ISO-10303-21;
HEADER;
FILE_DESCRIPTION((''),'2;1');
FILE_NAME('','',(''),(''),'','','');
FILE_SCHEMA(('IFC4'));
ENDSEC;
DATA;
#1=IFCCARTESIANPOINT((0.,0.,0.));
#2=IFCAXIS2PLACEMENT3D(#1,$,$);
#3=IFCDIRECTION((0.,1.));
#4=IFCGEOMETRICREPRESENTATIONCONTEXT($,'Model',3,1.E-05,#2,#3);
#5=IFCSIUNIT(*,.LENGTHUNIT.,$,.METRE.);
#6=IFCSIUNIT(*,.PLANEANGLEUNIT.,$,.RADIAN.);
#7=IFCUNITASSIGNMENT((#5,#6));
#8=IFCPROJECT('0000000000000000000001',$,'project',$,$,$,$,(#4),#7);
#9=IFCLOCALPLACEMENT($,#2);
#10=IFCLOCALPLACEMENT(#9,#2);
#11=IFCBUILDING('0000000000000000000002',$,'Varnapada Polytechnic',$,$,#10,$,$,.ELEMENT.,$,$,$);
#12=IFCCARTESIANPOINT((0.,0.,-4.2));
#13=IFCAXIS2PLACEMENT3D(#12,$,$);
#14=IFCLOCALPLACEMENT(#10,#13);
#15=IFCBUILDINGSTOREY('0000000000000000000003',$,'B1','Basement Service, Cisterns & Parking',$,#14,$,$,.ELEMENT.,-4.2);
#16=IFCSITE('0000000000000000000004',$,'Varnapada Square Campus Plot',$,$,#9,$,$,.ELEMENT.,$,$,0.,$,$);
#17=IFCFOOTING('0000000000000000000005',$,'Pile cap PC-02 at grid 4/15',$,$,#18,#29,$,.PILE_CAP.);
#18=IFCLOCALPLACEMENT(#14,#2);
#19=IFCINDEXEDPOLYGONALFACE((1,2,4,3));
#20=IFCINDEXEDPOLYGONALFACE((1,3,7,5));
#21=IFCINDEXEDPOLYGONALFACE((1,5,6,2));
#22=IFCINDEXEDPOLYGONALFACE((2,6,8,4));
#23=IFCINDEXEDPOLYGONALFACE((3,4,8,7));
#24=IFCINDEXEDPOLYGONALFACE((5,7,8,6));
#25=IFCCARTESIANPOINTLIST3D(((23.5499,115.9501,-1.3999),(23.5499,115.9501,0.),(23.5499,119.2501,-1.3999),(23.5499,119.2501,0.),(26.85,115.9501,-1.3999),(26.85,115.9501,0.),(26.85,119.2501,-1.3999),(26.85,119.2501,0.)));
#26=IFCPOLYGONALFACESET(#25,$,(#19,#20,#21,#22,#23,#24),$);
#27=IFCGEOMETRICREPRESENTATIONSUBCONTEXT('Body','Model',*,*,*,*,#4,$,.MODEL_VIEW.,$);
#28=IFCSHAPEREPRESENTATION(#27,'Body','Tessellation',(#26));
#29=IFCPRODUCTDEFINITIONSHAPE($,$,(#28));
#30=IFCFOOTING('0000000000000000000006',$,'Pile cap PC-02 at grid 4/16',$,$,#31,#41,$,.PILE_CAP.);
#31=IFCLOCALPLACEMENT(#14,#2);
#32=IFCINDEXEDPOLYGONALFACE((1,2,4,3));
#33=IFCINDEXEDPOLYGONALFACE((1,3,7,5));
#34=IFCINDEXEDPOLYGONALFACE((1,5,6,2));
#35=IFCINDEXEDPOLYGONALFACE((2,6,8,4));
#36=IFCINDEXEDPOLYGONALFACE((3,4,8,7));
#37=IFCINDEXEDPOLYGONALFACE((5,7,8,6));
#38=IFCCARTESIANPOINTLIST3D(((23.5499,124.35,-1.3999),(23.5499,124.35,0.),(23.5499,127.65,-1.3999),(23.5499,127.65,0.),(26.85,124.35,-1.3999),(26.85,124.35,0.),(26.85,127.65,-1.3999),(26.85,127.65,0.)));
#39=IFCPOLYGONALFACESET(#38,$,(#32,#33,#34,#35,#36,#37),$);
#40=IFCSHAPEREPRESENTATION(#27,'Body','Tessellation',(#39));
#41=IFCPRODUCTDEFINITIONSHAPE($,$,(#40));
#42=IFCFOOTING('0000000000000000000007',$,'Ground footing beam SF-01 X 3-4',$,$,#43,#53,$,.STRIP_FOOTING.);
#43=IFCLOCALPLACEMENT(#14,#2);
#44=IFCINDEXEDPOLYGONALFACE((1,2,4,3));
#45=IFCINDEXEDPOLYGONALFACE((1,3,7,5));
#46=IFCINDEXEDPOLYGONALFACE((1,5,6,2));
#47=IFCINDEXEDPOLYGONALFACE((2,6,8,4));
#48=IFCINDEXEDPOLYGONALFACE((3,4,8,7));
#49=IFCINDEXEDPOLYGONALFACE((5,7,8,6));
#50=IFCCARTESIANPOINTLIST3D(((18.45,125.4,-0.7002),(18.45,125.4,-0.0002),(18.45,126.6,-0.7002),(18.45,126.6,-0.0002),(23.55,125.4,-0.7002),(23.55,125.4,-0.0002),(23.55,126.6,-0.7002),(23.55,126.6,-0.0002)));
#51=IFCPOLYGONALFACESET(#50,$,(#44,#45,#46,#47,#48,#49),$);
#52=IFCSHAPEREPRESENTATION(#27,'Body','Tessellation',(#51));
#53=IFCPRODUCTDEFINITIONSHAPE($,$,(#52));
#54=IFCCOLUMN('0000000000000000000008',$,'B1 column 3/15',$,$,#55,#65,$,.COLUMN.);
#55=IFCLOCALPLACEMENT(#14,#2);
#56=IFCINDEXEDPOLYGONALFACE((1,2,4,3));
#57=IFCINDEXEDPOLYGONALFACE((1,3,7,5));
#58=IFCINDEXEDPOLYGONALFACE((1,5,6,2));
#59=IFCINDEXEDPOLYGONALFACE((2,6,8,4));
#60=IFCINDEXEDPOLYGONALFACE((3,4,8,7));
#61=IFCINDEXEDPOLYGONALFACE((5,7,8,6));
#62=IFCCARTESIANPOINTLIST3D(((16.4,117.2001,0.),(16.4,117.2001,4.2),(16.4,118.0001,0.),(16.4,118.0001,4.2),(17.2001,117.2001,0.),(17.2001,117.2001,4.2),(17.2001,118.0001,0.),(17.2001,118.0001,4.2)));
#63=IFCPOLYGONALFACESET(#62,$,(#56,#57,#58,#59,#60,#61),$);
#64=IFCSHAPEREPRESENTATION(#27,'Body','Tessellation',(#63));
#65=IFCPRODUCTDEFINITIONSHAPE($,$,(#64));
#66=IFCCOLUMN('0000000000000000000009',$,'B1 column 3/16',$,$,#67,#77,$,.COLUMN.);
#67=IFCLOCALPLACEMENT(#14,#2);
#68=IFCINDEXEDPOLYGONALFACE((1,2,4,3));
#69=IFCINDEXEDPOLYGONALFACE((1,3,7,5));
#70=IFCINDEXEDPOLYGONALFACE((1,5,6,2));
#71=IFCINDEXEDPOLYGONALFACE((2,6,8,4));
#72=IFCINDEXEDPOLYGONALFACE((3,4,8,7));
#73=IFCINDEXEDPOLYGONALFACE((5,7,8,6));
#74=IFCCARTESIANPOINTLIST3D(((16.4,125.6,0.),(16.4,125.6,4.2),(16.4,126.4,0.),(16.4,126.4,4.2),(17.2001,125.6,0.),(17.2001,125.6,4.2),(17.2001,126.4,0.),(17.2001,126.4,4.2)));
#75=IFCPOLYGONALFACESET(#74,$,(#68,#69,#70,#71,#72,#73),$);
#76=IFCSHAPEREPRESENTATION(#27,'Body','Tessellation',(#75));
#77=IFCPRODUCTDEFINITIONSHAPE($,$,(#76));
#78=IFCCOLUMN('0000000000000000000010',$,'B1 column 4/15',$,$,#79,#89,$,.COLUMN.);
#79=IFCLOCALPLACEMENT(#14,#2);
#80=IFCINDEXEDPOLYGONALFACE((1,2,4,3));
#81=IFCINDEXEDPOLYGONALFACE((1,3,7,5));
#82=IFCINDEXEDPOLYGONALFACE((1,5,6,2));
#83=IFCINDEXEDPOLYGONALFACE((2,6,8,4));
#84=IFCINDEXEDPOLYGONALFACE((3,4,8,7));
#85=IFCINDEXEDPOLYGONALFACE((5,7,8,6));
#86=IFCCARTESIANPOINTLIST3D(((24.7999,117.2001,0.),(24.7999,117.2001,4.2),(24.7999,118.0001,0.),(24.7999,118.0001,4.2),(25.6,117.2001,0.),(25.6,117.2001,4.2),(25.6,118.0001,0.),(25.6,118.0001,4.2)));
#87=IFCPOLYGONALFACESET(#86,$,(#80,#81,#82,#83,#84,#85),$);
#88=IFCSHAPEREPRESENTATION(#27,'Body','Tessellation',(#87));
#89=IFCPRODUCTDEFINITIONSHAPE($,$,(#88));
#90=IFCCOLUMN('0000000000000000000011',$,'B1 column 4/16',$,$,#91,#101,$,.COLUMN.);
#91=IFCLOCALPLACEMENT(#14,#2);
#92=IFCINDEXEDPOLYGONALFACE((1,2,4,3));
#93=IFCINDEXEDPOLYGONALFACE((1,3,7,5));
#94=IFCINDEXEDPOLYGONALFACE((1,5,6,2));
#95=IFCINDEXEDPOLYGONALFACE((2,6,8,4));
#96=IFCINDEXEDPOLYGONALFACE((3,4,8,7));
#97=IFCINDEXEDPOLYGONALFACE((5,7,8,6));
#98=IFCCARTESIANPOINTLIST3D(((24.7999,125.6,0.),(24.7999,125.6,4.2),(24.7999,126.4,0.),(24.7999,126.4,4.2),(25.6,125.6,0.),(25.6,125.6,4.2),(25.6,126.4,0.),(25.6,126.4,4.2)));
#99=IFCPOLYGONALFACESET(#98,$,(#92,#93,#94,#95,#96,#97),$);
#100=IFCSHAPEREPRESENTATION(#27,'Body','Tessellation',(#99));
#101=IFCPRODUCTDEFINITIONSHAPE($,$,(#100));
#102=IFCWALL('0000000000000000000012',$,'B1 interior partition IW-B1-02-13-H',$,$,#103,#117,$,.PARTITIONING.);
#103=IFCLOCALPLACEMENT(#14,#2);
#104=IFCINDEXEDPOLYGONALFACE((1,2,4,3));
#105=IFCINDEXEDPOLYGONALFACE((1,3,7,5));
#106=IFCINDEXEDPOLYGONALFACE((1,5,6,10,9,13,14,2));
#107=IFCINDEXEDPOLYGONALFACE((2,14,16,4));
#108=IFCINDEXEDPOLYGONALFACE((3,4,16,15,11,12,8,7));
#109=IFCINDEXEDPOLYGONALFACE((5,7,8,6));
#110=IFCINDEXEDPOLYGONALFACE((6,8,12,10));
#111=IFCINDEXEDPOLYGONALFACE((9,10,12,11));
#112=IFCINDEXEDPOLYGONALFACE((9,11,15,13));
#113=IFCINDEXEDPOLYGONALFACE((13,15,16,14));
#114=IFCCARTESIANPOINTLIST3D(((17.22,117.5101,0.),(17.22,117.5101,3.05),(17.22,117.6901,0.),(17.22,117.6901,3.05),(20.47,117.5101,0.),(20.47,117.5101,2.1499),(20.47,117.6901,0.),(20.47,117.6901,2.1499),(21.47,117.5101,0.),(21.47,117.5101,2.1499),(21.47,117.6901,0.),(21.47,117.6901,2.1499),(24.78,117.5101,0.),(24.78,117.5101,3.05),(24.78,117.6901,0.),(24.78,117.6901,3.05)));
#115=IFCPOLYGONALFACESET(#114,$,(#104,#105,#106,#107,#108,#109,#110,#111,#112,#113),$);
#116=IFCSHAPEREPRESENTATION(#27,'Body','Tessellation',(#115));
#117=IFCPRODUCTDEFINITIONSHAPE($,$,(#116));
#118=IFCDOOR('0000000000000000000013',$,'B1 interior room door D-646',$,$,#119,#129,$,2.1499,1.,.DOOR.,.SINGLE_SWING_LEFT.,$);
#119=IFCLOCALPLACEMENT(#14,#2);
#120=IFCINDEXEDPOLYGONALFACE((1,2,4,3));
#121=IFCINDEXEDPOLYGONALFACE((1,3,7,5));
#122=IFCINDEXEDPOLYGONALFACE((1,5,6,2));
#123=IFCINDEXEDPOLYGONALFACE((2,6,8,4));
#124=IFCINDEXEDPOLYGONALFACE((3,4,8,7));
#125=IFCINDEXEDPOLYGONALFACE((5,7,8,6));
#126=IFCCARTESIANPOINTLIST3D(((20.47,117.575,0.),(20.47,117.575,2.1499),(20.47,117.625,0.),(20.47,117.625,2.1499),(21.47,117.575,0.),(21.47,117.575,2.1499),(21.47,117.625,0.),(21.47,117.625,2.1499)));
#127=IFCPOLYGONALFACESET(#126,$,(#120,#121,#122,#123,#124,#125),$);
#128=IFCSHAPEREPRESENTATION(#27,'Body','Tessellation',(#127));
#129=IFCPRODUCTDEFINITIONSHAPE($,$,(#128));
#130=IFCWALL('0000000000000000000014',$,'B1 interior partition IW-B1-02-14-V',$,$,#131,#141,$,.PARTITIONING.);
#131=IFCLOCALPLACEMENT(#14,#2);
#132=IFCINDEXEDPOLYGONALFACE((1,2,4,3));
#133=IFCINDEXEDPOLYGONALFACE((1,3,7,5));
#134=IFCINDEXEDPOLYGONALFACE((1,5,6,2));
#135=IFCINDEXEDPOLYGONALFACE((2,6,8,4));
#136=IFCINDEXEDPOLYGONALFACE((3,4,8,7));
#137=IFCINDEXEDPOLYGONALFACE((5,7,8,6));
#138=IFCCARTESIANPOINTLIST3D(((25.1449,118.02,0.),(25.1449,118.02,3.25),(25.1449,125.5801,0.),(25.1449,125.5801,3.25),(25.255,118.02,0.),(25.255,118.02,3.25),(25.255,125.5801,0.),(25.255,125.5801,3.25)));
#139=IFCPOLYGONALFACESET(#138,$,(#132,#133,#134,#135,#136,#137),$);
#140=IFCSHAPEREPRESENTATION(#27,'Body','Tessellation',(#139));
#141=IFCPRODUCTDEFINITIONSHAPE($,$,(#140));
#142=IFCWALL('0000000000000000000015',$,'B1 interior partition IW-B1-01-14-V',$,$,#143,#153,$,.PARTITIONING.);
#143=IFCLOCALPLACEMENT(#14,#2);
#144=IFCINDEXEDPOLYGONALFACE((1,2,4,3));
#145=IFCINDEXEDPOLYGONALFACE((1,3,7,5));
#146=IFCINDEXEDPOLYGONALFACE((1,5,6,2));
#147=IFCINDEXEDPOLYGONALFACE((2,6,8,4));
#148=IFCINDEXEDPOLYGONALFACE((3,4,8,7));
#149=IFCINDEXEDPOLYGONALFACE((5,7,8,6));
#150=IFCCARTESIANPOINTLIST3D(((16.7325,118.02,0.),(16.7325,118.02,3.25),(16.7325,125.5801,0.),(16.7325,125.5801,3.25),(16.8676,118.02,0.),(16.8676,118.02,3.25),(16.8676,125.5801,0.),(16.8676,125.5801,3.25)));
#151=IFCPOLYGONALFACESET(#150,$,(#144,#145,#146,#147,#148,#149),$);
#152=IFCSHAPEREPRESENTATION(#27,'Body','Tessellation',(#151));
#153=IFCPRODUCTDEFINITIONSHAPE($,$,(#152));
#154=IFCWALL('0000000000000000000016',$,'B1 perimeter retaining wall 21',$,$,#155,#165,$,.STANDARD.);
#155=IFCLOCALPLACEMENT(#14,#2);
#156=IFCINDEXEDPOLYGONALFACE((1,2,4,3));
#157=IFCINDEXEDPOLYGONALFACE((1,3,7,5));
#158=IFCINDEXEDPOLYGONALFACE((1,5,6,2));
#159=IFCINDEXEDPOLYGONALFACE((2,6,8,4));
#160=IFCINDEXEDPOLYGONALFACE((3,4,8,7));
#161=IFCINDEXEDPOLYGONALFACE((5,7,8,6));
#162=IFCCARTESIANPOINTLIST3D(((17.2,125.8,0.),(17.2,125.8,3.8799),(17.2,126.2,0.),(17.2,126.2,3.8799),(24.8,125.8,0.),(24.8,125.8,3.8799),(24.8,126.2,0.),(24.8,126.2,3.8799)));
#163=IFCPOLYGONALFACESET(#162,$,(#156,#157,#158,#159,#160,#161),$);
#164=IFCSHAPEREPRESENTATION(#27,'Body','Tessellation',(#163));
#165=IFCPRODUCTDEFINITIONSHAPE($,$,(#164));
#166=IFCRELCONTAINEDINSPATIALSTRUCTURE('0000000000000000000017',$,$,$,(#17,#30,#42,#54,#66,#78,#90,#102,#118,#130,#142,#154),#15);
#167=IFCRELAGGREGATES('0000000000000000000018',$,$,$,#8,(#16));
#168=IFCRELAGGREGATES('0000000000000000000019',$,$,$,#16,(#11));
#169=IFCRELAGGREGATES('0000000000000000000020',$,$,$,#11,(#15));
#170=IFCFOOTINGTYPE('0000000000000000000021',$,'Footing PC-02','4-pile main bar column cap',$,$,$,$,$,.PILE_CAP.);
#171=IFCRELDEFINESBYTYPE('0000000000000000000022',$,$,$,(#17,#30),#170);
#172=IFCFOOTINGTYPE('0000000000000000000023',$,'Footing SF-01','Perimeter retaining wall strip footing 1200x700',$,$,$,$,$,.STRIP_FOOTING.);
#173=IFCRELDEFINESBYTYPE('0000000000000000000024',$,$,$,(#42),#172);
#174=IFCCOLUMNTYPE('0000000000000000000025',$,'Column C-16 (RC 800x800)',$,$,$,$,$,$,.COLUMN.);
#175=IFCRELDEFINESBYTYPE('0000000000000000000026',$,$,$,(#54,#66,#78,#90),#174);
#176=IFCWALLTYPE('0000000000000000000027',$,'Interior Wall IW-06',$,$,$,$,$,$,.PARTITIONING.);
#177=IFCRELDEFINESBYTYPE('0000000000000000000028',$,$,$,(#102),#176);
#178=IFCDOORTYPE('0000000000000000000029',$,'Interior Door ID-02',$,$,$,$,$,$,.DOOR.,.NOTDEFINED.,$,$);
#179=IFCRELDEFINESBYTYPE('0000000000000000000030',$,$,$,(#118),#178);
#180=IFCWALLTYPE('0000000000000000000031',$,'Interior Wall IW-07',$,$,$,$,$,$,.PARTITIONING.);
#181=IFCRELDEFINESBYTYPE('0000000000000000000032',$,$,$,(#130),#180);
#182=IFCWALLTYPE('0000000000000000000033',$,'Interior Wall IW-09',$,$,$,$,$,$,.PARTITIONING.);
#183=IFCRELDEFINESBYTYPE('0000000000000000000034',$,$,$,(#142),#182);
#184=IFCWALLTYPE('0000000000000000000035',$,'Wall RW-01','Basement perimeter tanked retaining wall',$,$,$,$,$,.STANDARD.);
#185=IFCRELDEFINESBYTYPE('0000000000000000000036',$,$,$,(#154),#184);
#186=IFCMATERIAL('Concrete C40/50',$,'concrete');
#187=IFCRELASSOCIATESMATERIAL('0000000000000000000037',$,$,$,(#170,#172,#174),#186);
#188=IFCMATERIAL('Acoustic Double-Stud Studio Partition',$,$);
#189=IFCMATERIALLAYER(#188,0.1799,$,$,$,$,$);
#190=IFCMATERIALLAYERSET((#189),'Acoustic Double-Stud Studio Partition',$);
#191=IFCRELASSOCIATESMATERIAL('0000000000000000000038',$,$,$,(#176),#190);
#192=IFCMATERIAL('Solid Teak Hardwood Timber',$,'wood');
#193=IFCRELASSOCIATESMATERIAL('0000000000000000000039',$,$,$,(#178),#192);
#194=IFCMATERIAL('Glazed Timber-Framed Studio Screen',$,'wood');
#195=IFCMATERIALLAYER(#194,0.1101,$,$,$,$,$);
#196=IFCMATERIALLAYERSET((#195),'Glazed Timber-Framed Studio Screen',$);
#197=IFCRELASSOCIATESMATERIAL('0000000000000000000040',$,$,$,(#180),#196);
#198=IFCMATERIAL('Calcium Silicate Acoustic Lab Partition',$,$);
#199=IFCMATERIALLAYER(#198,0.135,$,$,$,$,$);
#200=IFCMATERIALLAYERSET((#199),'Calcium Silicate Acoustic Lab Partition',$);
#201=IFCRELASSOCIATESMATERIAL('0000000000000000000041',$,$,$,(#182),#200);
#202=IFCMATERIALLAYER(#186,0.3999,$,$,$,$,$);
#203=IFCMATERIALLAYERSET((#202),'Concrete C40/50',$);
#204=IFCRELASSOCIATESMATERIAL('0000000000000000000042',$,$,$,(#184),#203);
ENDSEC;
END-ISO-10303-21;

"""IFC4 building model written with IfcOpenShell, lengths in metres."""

from ifc_helpers import new_model, si_unit, direction, frame, frame_2d, origin, origin_2d, place, context, subcontext, project, spatial, rectangle, extrude, material, layer, layer_set, material_profile, profile_set, type_object, element, fill, save


model = new_model("IFC4")

# Units and contexts
model_context = context("Model", 3, precision=1e-05, world=origin(), true_north=direction((0.0, 1.0)))
body_context = subcontext(model_context, "Body", "Model", "MODEL_VIEW")
ifc_project = project(units=[si_unit("LENGTHUNIT", "METRE"), si_unit("PLANEANGLEUNIT", "RADIAN")], contexts=[model_context])

# Site, building, storey
site_placement = place(None, origin())
site = spatial("IfcSite", under=ifc_project, at=site_placement, Name="Varnapada Square Campus Plot", CompositionType="ELEMENT", RefElevation=0.0)
building_placement = place(site_placement, origin())
building = spatial("IfcBuilding", under=site, at=building_placement, Name="Varnapada Polytechnic", CompositionType="ELEMENT")
storey_placement = place(building_placement, frame((0.0, 0.0, -4.2)))
storey = spatial("IfcBuildingStorey", under=building, at=storey_placement, Name="B1", Description="Basement Service, Cisterns & Parking", CompositionType="ELEMENT", Elevation=-4.2)

# Shared definitions
ifc_material_1 = material(Name="Concrete C40/50", Category="concrete")

# Footings
footing_type_1 = type_object("IfcFootingType", Name="Footing PC-02", Description="4-pile main bar column cap", PredefinedType="PILE_CAP", material=ifc_material_1)
for number, where, z_axis, x_axis, name in (
    (1, (25.2, 117.6001, -1.3999), (0.0, 0.0, 1.0), (1.0, 0.0, 0.0), "Pile cap PC-02 at grid 4/15"),
    (2, (25.2, 126.0, -1.3999), (0.0, 0.0, 1.0), (1.0, 0.0, 0.0), "Pile cap PC-02 at grid 4/16"),
):
    element("IfcFooting", number, at=place(storey_placement, frame(where, z_axis=z_axis, x_axis=x_axis)), inside=storey, type_object=footing_type_1, Name=name, PredefinedType="PILE_CAP", context=body_context, shape_type="SweptSolid", body=[
        extrude(rectangle(XDim=3.3, YDim=3.3, at=origin_2d()), origin(), (0.0, 0.0, 1.0), 1.3999),
    ])
footing_type_2 = type_object("IfcFootingType", Name="Footing SF-01", Description="Perimeter retaining wall strip footing 1200x700", PredefinedType="STRIP_FOOTING", material=ifc_material_1)
footing_1_placement = place(storey_placement, frame((21.0, 126.0, -0.7002), z_axis=(0.0, 0.0, 1.0), x_axis=(1.0, 0.0, 0.0)))
element("IfcFooting", 3, at=footing_1_placement, inside=storey, type_object=footing_type_2, Name="Ground footing beam SF-01 X 3-4", PredefinedType="STRIP_FOOTING", context=body_context, shape_type="SweptSolid", body=[
    extrude(rectangle(XDim=5.1001, YDim=1.2, at=origin_2d()), origin(), (0.0, 0.0, 1.0), 0.7),
])

# Columns
ifc_material_profile_1 = material_profile(ifc_material_1, rectangle(XDim=0.8, YDim=0.8, at=origin_2d()), Name="RC 800x800")
ifc_profile_set_1 = profile_set([ifc_material_profile_1], Name="Concrete C40/50")
column_type = type_object("IfcColumnType", Name="Column C-16 (RC 800x800)", PredefinedType="COLUMN", material=ifc_profile_set_1)
for number, where, z_axis, x_axis, name in (
    (4, (16.8, 117.6001, 0.0), (0.0, 0.0, 1.0), (1.0, 0.0, 0.0), "B1 column 3/15"),
    (5, (16.8, 126.0, 0.0), (0.0, 0.0, 1.0), (1.0, 0.0, 0.0), "B1 column 3/16"),
    (6, (25.2, 117.6001, 0.0), (0.0, 0.0, 1.0), (1.0, 0.0, 0.0), "B1 column 4/15"),
    (7, (25.2, 126.0, 0.0), (0.0, 0.0, 1.0), (1.0, 0.0, 0.0), "B1 column 4/16"),
):
    element("IfcColumn", number, at=place(storey_placement, frame(where, z_axis=z_axis, x_axis=x_axis)), inside=storey, type_object=column_type, Name=name, PredefinedType="COLUMN", context=body_context, shape_type="SweptSolid", body=[
        extrude(rectangle(XDim=0.8, YDim=0.8, at=origin_2d()), origin(), (0.0, 0.0, 1.0), 4.2),
    ])

# Wall, opening, door
ifc_material_2 = material(Name="Acoustic Double-Stud Studio Partition")
ifc_layer_1 = layer(ifc_material_2, 0.1799)
ifc_layer_set_1 = layer_set([ifc_layer_1], Name="Acoustic Double-Stud Studio Partition")
wall_type_1 = type_object("IfcWallType", Name="Interior Wall IW-06", PredefinedType="PARTITIONING", material=ifc_layer_set_1)
wall_1_placement = place(storey_placement, frame((17.22, 117.6001, 0.0), z_axis=(0.0, 0.0, 1.0), x_axis=(1.0, 0.0, 0.0)))
wall_1 = element("IfcWall", 8, at=wall_1_placement, inside=storey, type_object=wall_type_1, Name="B1 interior partition IW-B1-02-13-H", PredefinedType="PARTITIONING", context=body_context, shape_type="SweptSolid", body=[
    extrude(rectangle(XDim=7.5601, YDim=0.1799, at=frame_2d((3.78, 0.0))), origin(), (0.0, 0.0, 1.0), 3.05),
])
opening_placement = place(wall_1_placement, frame((3.25, 0.0, 0.0)))
opening = element("IfcOpeningElement", 9, at=opening_placement, cuts=wall_1, PredefinedType="OPENING", context=body_context, shape_type="SweptSolid", body=[
    extrude(rectangle(XDim=1.0, YDim=2.1499, at=frame_2d((0.5, 1.075))), frame((0.0, 0.0999, 0.0), z_axis=(0.0, -1.0, 0.0), x_axis=(1.0, 0.0, 0.0)), (0.0, 0.0, 1.0), 0.2),
])
ifc_material_3 = material(Name="Solid Teak Hardwood Timber", Category="wood")
door_type = type_object("IfcDoorType", Name="Interior Door ID-02", OperationType="NOTDEFINED", PredefinedType="DOOR", material=ifc_material_3)
door_placement = place(opening_placement, origin())
door = element("IfcDoor", 10, at=door_placement, inside=storey, type_object=door_type, Name="B1 interior room door D-646", OperationType="SINGLE_SWING_LEFT", OverallHeight=2.1499, OverallWidth=1.0, PredefinedType="DOOR", context=body_context, shape_type="SweptSolid", body=[
    extrude(rectangle(XDim=1.0, YDim=2.1499, at=frame_2d((0.5, 1.075))), frame((0.0, 0.0249, 0.0), z_axis=(0.0, -1.0, 0.0), x_axis=(1.0, 0.0, 0.0)), (0.0, 0.0, 1.0), 0.05),
])
fill(opening, door)

# Walls
ifc_material_4 = material(Name="Glazed Timber-Framed Studio Screen", Category="wood")
ifc_layer_2 = layer(ifc_material_4, 0.1101)
ifc_layer_set_2 = layer_set([ifc_layer_2], Name="Glazed Timber-Framed Studio Screen")
wall_type_2 = type_object("IfcWallType", Name="Interior Wall IW-07", PredefinedType="PARTITIONING", material=ifc_layer_set_2)
wall_2_placement = place(storey_placement, frame((25.2, 118.02, 0.0), z_axis=(0.0, 0.0, 1.0), x_axis=(0.0, 1.0, 0.0)))
element("IfcWall", 11, at=wall_2_placement, inside=storey, type_object=wall_type_2, Name="B1 interior partition IW-B1-02-14-V", PredefinedType="PARTITIONING", context=body_context, shape_type="SweptSolid", body=[
    extrude(rectangle(XDim=7.5601, YDim=0.1101, at=frame_2d((3.78, 0.0))), origin(), (0.0, 0.0, 1.0), 3.25),
])
ifc_material_5 = material(Name="Calcium Silicate Acoustic Lab Partition")
ifc_layer_3 = layer(ifc_material_5, 0.135)
ifc_layer_set_3 = layer_set([ifc_layer_3], Name="Calcium Silicate Acoustic Lab Partition")
wall_type_3 = type_object("IfcWallType", Name="Interior Wall IW-09", PredefinedType="PARTITIONING", material=ifc_layer_set_3)
wall_3_placement = place(storey_placement, frame((16.8, 118.02, 0.0), z_axis=(0.0, 0.0, 1.0), x_axis=(0.0, 1.0, 0.0)))
element("IfcWall", 12, at=wall_3_placement, inside=storey, type_object=wall_type_3, Name="B1 interior partition IW-B1-01-14-V", PredefinedType="PARTITIONING", context=body_context, shape_type="SweptSolid", body=[
    extrude(rectangle(XDim=7.5601, YDim=0.135, at=frame_2d((3.78, 0.0))), origin(), (0.0, 0.0, 1.0), 3.25),
])
ifc_layer_4 = layer(ifc_material_1, 0.3999)
ifc_layer_set_4 = layer_set([ifc_layer_4], Name="Concrete C40/50")
wall_type_4 = type_object("IfcWallType", Name="Wall RW-01", Description="Basement perimeter tanked retaining wall", PredefinedType="STANDARD", material=ifc_layer_set_4)
wall_4_placement = place(storey_placement, frame((17.2, 126.0, 0.0), z_axis=(0.0, 0.0, 1.0), x_axis=(1.0, 0.0, 0.0)))
element("IfcWall", 13, at=wall_4_placement, inside=storey, type_object=wall_type_4, Name="B1 perimeter retaining wall 21", PredefinedType="STANDARD", context=body_context, shape_type="SweptSolid", body=[
    extrude(rectangle(XDim=7.6001, YDim=0.3999, at=frame_2d((3.8, 0.0))), origin(), (0.0, 0.0, 1.0), 3.8799),
])

save(model, "model.ifc")
